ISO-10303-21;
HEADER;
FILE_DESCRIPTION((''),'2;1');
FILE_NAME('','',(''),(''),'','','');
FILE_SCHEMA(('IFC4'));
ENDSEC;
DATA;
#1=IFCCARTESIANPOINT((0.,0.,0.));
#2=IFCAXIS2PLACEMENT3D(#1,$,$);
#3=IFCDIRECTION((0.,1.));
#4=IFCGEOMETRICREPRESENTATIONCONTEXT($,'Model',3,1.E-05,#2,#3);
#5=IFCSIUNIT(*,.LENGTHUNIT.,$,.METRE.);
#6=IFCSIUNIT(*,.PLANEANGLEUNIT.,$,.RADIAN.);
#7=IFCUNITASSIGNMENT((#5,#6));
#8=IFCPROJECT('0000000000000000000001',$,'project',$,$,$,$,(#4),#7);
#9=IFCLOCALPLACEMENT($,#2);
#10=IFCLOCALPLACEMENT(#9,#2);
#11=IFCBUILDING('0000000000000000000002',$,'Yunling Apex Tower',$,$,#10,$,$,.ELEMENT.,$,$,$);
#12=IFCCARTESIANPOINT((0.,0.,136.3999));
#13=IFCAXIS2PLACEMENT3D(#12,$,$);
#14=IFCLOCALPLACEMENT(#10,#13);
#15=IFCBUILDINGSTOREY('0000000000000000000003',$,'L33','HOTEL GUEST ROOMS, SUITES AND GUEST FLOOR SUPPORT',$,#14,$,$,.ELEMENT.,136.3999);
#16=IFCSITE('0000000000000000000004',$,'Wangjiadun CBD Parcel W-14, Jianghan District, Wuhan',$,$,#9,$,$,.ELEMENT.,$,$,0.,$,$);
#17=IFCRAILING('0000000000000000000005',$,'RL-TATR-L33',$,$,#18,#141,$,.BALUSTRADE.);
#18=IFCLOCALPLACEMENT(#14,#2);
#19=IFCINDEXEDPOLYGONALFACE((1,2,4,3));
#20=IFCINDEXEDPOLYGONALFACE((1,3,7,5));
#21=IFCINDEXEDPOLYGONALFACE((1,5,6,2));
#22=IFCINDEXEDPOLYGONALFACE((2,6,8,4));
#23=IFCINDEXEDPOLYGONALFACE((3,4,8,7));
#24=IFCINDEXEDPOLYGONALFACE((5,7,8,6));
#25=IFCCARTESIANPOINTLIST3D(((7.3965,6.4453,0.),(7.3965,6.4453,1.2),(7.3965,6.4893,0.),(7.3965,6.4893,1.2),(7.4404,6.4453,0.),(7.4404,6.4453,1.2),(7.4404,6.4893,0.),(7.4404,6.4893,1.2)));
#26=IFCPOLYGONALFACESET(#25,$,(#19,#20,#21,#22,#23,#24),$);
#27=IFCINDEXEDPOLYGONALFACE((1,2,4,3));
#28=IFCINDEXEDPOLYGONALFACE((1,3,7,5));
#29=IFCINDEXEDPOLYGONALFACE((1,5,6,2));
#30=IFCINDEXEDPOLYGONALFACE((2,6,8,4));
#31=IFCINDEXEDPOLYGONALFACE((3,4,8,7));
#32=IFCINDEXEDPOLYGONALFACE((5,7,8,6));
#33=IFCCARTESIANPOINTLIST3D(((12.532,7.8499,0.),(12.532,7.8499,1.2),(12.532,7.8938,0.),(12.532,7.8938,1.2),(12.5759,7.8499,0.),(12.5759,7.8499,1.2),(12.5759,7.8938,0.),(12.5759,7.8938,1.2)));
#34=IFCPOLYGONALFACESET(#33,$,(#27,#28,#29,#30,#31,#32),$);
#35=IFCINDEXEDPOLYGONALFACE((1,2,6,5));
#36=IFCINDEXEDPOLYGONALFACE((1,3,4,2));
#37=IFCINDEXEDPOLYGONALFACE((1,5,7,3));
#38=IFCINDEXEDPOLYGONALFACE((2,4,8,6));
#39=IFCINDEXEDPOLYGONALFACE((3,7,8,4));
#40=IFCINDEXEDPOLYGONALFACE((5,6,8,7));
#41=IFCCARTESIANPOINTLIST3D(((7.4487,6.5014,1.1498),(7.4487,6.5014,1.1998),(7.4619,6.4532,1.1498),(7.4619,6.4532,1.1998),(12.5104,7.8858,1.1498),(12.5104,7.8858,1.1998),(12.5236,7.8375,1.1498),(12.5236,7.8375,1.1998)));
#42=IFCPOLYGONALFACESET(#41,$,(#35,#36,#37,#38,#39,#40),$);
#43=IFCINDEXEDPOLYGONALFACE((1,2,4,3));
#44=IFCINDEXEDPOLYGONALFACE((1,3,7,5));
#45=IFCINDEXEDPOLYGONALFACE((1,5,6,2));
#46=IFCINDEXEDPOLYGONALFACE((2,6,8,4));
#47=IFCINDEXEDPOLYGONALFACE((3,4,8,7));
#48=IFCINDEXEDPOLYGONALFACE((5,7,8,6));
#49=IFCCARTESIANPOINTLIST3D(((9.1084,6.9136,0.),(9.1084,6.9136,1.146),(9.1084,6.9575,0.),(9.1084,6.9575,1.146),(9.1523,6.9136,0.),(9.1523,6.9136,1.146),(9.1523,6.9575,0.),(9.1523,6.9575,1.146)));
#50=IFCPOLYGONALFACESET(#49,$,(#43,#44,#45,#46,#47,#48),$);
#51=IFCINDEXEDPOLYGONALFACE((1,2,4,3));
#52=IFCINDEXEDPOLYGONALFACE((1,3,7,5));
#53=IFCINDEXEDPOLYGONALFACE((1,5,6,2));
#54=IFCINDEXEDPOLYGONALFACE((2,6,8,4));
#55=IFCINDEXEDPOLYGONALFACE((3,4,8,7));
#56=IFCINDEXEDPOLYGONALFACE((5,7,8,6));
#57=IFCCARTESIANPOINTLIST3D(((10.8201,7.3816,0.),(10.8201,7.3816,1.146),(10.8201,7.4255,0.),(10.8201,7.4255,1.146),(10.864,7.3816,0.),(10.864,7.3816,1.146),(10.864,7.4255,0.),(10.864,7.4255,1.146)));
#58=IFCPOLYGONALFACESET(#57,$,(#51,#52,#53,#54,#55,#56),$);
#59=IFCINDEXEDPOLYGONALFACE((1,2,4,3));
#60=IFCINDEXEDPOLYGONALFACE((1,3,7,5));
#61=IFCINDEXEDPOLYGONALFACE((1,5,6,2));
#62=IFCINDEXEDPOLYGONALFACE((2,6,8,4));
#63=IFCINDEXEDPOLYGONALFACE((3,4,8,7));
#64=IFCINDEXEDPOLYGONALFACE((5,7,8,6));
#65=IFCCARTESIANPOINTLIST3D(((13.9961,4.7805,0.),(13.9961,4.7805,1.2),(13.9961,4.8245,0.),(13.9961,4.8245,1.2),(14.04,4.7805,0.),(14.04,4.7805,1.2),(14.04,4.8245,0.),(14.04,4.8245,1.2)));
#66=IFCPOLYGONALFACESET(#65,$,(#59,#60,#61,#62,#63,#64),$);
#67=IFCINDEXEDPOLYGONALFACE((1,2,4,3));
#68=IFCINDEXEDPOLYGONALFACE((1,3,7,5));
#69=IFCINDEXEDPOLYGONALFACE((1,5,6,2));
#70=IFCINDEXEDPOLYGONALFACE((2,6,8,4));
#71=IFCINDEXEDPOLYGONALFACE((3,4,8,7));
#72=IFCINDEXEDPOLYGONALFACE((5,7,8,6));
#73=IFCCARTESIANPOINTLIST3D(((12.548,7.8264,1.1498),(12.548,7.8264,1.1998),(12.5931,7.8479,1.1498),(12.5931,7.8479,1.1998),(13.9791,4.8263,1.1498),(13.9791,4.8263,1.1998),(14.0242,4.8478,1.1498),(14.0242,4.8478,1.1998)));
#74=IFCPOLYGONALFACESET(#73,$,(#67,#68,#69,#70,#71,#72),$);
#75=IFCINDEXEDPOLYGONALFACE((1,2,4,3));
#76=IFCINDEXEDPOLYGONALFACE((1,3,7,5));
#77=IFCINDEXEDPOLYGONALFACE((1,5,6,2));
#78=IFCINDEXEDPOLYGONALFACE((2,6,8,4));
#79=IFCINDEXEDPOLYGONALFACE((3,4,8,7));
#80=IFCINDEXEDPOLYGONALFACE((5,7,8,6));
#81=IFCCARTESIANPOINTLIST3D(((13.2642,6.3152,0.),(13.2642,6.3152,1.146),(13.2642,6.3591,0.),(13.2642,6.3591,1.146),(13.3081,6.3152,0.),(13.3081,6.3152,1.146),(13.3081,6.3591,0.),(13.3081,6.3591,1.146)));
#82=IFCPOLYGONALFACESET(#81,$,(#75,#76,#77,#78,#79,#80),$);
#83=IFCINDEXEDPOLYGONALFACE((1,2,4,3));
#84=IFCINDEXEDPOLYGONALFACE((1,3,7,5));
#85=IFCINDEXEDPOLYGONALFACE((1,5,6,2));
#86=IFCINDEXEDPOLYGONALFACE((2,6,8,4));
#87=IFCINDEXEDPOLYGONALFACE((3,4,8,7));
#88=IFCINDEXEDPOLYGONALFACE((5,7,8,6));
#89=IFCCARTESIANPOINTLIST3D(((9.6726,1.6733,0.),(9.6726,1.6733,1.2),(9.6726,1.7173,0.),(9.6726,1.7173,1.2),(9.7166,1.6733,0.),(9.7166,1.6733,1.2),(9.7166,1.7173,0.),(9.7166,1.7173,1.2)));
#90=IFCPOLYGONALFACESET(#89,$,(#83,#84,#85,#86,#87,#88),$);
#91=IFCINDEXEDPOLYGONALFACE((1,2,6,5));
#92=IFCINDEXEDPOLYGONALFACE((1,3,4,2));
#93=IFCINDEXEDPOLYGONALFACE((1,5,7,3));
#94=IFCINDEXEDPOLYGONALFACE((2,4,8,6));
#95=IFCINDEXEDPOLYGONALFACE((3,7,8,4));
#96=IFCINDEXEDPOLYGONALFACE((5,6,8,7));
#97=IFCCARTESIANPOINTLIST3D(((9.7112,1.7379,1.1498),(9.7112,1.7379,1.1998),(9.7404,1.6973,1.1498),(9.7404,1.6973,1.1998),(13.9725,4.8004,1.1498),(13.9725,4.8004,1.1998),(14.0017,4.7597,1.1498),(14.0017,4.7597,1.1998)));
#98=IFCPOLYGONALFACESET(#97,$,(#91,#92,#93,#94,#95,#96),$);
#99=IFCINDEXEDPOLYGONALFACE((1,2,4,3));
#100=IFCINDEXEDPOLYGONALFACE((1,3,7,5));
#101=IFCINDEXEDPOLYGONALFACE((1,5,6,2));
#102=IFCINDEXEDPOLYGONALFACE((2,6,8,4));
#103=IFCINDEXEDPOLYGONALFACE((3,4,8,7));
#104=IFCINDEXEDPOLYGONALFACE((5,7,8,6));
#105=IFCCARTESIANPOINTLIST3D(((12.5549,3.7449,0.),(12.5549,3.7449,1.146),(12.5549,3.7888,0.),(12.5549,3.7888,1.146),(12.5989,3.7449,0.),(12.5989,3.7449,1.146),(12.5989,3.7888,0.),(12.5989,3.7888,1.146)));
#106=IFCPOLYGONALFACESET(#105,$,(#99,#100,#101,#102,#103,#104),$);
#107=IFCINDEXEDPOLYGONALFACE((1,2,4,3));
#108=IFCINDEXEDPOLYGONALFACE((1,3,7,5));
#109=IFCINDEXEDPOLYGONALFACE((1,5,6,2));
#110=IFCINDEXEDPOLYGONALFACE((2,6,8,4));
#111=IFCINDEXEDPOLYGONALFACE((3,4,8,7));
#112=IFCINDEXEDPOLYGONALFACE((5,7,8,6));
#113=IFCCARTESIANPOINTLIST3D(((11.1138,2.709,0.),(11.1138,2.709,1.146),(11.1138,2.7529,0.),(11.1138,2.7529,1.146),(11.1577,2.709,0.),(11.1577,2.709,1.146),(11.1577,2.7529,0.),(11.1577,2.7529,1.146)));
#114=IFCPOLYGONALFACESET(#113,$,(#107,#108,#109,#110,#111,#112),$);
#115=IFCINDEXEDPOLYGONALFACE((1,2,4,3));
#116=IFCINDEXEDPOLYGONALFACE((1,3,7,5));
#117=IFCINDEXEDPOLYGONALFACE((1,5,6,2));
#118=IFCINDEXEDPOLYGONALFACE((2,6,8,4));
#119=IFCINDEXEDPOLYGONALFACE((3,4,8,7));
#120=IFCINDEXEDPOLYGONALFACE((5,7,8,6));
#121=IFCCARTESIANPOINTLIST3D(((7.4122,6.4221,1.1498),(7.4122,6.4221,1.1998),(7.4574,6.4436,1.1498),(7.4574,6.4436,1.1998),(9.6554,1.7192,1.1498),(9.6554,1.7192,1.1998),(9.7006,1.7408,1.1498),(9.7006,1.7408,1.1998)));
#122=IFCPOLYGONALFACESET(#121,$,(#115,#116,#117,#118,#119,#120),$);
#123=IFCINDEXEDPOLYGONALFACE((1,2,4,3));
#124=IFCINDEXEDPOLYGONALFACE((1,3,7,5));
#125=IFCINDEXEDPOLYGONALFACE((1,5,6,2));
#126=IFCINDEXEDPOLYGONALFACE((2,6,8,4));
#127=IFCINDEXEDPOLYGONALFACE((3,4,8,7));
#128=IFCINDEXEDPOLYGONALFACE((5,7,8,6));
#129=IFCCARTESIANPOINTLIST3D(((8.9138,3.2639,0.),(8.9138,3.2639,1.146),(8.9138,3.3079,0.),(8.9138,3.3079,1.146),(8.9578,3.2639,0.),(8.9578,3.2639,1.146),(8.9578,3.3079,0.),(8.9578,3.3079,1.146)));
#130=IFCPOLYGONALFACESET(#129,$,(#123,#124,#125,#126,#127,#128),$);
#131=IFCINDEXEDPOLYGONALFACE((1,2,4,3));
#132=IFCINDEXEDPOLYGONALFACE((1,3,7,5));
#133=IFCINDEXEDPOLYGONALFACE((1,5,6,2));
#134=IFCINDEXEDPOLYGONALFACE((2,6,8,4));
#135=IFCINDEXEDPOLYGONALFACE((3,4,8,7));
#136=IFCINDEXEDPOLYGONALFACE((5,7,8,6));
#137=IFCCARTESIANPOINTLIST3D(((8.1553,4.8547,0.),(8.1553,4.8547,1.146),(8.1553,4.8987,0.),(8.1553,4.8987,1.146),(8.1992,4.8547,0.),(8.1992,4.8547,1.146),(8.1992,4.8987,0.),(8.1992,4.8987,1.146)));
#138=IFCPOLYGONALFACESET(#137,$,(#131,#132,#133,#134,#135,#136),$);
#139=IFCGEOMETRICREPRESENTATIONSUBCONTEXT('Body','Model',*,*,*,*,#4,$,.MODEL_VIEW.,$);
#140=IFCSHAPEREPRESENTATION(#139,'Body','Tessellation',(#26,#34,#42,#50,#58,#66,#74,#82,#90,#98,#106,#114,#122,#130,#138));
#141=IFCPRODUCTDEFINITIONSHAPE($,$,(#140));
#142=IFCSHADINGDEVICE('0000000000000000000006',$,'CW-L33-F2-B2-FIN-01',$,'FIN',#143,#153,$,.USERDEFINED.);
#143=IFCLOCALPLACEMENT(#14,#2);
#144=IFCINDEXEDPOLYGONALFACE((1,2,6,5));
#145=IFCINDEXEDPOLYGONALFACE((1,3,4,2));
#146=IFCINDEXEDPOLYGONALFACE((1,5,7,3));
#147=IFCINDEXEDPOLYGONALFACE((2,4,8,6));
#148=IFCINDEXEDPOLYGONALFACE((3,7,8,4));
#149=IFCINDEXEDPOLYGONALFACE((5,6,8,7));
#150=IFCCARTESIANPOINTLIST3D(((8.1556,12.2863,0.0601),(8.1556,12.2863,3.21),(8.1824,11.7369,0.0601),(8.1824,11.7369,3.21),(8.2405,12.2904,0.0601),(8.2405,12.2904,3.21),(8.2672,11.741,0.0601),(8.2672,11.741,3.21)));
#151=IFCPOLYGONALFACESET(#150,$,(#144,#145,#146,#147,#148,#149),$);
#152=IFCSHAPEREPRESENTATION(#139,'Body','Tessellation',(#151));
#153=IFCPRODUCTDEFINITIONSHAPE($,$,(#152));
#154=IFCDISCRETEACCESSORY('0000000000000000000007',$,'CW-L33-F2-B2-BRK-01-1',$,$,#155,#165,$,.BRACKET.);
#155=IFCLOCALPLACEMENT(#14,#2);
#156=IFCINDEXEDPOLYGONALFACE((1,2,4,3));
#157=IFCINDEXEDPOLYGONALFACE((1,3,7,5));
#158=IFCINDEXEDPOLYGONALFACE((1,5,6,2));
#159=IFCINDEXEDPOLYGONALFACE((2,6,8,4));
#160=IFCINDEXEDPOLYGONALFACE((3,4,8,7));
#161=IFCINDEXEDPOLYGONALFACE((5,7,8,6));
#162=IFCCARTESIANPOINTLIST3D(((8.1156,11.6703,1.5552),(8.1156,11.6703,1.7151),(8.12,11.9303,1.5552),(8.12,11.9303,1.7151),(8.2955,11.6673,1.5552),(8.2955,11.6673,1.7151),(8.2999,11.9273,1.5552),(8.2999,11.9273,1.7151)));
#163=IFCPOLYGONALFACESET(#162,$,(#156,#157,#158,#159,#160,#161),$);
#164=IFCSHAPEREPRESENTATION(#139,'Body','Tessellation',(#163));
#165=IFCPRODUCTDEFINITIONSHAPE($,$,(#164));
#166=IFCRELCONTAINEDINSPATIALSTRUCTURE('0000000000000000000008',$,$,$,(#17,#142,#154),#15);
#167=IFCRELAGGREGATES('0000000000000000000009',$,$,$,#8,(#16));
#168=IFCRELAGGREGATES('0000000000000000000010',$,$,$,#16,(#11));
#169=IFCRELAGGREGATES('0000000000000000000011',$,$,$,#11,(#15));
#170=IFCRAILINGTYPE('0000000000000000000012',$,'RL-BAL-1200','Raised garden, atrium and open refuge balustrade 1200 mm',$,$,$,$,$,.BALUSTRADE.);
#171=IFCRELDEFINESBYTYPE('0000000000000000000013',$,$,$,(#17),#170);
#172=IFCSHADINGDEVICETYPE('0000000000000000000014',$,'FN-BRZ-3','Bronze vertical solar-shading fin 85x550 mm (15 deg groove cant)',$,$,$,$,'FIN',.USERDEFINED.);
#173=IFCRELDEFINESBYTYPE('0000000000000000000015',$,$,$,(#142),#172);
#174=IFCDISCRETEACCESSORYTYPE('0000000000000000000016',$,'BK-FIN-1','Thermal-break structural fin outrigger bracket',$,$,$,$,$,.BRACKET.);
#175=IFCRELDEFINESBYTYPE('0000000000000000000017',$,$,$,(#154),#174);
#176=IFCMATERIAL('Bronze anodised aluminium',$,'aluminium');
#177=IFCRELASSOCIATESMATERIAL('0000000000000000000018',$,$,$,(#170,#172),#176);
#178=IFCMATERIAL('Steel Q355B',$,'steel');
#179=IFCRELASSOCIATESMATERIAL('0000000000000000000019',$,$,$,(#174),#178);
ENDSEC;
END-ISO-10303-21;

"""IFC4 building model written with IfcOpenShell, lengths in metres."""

from ifc_helpers import new_model, si_unit, direction, frame, origin, origin_2d, place, context, subcontext, project, spatial, rectangle, extrude, source, transform, mapped, material, material_profile, profile_set, type_object, element, save


model = new_model("IFC4")

# Units and contexts
model_context = context("Model", 3, precision=1e-05, world=origin(), true_north=direction((0.0, 1.0)))
body_context = subcontext(model_context, "Body", "Model", "MODEL_VIEW")
ifc_project = project(units=[si_unit("LENGTHUNIT", "METRE"), si_unit("PLANEANGLEUNIT", "RADIAN")], contexts=[model_context])

# Site, building, storey
site_placement = place(None, origin())
site = spatial("IfcSite", under=ifc_project, at=site_placement, Name="Wangjiadun CBD Parcel W-14, Jianghan District, Wuhan", CompositionType="ELEMENT", RefElevation=0.0)
building_placement = place(site_placement, origin())
building = spatial("IfcBuilding", under=site, at=building_placement, Name="Yunling Apex Tower", CompositionType="ELEMENT")
storey_placement = place(building_placement, frame((0.0, 0.0, 136.3999)))
storey = spatial("IfcBuildingStorey", under=building, at=storey_placement, Name="L33", Description="HOTEL GUEST ROOMS, SUITES AND GUEST FLOOR SUPPORT", CompositionType="ELEMENT", Elevation=136.3999)

# Shared definitions
ifc_material_1 = material(Name="Steel Q355B", Category="steel")

# Shared definitions
ifc_material_2 = material(Name="Bronze anodised aluminium", Category="aluminium")

# Railing
railing_type = type_object("IfcRailingType", Name="RL-BAL-1200", Description="Raised garden, atrium and open refuge balustrade 1200 mm", PredefinedType="BALUSTRADE", material=ifc_material_2)
railing_1_placement = place(storey_placement, frame((7.4185, 6.4673, 0.0)))
element("IfcRailing", 1, at=railing_1_placement, inside=storey, type_object=railing_type, Name="RL-TATR-L33", PredefinedType="BALUSTRADE", context=body_context, shape_type="SweptSolid", body=[
    extrude(rectangle(XDim=0.0439, YDim=0.0439, at=origin_2d()), origin(), (0.0, 0.0, 1.0), 1.2),
    extrude(rectangle(XDim=0.0439, YDim=0.0439, at=origin_2d()), frame((5.1355, 1.4045, 0.0)), (0.0, 0.0, 1.0), 1.2),
    extrude(rectangle(XDim=0.05, YDim=0.05, at=origin_2d()), frame((0.0369, 0.01, 1.1748), z_axis=(0.964575, 0.263808, 0.0), x_axis=(-0.263808, 0.964575, 0.0)), (0.0, 0.0, 1.0), 5.2476),
    extrude(rectangle(XDim=0.0439, YDim=0.0439, at=origin_2d()), frame((1.7119, 0.4683, 0.0)), (0.0, 0.0, 1.0), 1.146),
    extrude(rectangle(XDim=0.0439, YDim=0.0439, at=origin_2d()), frame((3.4236, 0.9363, 0.0)), (0.0, 0.0, 1.0), 1.146),
    extrude(rectangle(XDim=0.0439, YDim=0.0439, at=origin_2d()), frame((6.5996, -1.6648, 0.0)), (0.0, 0.0, 1.0), 1.2),
    extrude(rectangle(XDim=0.05, YDim=0.05, at=origin_2d()), frame((5.1521, 1.3699, 1.1748), z_axis=(0.430538, -0.902572, 0.0), x_axis=(0.902572, 0.430538, 0.0)), (0.0, 0.0, 1.0), 3.324),
    extrude(rectangle(XDim=0.0439, YDim=0.0439, at=origin_2d()), frame((5.8677, -0.1301, 0.0)), (0.0, 0.0, 1.0), 1.146),
    extrude(rectangle(XDim=0.0439, YDim=0.0439, at=origin_2d()), frame((2.2761, -4.772, 0.0)), (0.0, 0.0, 1.0), 1.2),
    extrude(rectangle(XDim=0.05, YDim=0.05, at=origin_2d()), frame((6.5686, -1.6873, 1.1748), z_axis=(-0.812045, -0.583595, 0.0), x_axis=(0.583595, -0.812045, 0.0)), (0.0, 0.0, 1.0), 5.2476),
    extrude(rectangle(XDim=0.0439, YDim=0.0439, at=origin_2d()), frame((5.1584, -2.7004, 0.0)), (0.0, 0.0, 1.0), 1.146),
    extrude(rectangle(XDim=0.0439, YDim=0.0439, at=origin_2d()), frame((3.7173, -3.7363, 0.0)), (0.0, 0.0, 1.0), 1.146),
    extrude(rectangle(XDim=0.05, YDim=0.05, at=origin_2d()), frame((2.2595, -4.7373, 1.1748), z_axis=(-0.430512, 0.902585, 0.0), x_axis=(-0.902585, -0.430512, 0.0)), (0.0, 0.0, 1.0), 5.2104),
    extrude(rectangle(XDim=0.0439, YDim=0.0439, at=origin_2d()), frame((1.5173, -3.1814, 0.0)), (0.0, 0.0, 1.0), 1.146),
    extrude(rectangle(XDim=0.0439, YDim=0.0439, at=origin_2d()), frame((0.7588, -1.5906, 0.0)), (0.0, 0.0, 1.0), 1.146),
])

# Shading device
ifc_material_profile_1 = material_profile(ifc_material_2, rectangle(XDim=0.085, YDim=0.55, at=origin_2d()))
ifc_profile_set_1 = profile_set([ifc_material_profile_1], Name="Bronze anodised aluminium")
shading_device_type = type_object("IfcShadingDeviceType", Name="FN-BRZ-3", Description="Bronze vertical solar-shading fin 85x550 mm (15 deg groove cant)", ElementType="FIN", PredefinedType="USERDEFINED", material=ifc_profile_set_1)
shared_shape_1 = source(origin(), body_context, "Body", "SweptSolid", [
    extrude(rectangle(XDim=0.085, YDim=0.55, at=origin_2d()), origin(), (0.0, 0.0, 1.0), 3.1499),
])
shading_device_placement = place(storey_placement, frame((8.2114, 12.0137, 0.0601), z_axis=(0.0, 0.0, 1.0), x_axis=(-0.998815, -0.048675, 0.0)))
element("IfcShadingDevice", 2, at=shading_device_placement, inside=storey, type_object=shading_device_type, Name="CW-L33-F2-B2-FIN-01", ObjectType="FIN", PredefinedType="USERDEFINED", context=body_context, shape_type="MappedRepresentation", body=[
    mapped(shared_shape_1, transform((0.0, 0.0, 0.0), scale=1.0)),
])

# Discrete accessory
discrete_accessory_type = type_object("IfcDiscreteAccessoryType", Name="BK-FIN-1", Description="Thermal-break structural fin outrigger bracket", PredefinedType="BRACKET", material=ifc_material_1)
shared_shape_2 = source(origin(), body_context, "Body", "SweptSolid", [
    extrude(rectangle(XDim=0.1799, YDim=0.26, at=origin_2d()), origin(), (0.0, 0.0, 1.0), 0.1599),
])
discrete_accessory_placement = place(storey_placement, frame((8.2078, 11.7988, 1.5552), z_axis=(0.0, 0.0, 1.0), x_axis=(-0.99986, 0.016754, 0.0)))
element("IfcDiscreteAccessory", 3, at=discrete_accessory_placement, inside=storey, type_object=discrete_accessory_type, Name="CW-L33-F2-B2-BRK-01-1", PredefinedType="BRACKET", context=body_context, shape_type="MappedRepresentation", body=[
    mapped(shared_shape_2, transform((0.0, 0.0, 0.0), scale=1.0)),
])

save(model, "model.ifc")
